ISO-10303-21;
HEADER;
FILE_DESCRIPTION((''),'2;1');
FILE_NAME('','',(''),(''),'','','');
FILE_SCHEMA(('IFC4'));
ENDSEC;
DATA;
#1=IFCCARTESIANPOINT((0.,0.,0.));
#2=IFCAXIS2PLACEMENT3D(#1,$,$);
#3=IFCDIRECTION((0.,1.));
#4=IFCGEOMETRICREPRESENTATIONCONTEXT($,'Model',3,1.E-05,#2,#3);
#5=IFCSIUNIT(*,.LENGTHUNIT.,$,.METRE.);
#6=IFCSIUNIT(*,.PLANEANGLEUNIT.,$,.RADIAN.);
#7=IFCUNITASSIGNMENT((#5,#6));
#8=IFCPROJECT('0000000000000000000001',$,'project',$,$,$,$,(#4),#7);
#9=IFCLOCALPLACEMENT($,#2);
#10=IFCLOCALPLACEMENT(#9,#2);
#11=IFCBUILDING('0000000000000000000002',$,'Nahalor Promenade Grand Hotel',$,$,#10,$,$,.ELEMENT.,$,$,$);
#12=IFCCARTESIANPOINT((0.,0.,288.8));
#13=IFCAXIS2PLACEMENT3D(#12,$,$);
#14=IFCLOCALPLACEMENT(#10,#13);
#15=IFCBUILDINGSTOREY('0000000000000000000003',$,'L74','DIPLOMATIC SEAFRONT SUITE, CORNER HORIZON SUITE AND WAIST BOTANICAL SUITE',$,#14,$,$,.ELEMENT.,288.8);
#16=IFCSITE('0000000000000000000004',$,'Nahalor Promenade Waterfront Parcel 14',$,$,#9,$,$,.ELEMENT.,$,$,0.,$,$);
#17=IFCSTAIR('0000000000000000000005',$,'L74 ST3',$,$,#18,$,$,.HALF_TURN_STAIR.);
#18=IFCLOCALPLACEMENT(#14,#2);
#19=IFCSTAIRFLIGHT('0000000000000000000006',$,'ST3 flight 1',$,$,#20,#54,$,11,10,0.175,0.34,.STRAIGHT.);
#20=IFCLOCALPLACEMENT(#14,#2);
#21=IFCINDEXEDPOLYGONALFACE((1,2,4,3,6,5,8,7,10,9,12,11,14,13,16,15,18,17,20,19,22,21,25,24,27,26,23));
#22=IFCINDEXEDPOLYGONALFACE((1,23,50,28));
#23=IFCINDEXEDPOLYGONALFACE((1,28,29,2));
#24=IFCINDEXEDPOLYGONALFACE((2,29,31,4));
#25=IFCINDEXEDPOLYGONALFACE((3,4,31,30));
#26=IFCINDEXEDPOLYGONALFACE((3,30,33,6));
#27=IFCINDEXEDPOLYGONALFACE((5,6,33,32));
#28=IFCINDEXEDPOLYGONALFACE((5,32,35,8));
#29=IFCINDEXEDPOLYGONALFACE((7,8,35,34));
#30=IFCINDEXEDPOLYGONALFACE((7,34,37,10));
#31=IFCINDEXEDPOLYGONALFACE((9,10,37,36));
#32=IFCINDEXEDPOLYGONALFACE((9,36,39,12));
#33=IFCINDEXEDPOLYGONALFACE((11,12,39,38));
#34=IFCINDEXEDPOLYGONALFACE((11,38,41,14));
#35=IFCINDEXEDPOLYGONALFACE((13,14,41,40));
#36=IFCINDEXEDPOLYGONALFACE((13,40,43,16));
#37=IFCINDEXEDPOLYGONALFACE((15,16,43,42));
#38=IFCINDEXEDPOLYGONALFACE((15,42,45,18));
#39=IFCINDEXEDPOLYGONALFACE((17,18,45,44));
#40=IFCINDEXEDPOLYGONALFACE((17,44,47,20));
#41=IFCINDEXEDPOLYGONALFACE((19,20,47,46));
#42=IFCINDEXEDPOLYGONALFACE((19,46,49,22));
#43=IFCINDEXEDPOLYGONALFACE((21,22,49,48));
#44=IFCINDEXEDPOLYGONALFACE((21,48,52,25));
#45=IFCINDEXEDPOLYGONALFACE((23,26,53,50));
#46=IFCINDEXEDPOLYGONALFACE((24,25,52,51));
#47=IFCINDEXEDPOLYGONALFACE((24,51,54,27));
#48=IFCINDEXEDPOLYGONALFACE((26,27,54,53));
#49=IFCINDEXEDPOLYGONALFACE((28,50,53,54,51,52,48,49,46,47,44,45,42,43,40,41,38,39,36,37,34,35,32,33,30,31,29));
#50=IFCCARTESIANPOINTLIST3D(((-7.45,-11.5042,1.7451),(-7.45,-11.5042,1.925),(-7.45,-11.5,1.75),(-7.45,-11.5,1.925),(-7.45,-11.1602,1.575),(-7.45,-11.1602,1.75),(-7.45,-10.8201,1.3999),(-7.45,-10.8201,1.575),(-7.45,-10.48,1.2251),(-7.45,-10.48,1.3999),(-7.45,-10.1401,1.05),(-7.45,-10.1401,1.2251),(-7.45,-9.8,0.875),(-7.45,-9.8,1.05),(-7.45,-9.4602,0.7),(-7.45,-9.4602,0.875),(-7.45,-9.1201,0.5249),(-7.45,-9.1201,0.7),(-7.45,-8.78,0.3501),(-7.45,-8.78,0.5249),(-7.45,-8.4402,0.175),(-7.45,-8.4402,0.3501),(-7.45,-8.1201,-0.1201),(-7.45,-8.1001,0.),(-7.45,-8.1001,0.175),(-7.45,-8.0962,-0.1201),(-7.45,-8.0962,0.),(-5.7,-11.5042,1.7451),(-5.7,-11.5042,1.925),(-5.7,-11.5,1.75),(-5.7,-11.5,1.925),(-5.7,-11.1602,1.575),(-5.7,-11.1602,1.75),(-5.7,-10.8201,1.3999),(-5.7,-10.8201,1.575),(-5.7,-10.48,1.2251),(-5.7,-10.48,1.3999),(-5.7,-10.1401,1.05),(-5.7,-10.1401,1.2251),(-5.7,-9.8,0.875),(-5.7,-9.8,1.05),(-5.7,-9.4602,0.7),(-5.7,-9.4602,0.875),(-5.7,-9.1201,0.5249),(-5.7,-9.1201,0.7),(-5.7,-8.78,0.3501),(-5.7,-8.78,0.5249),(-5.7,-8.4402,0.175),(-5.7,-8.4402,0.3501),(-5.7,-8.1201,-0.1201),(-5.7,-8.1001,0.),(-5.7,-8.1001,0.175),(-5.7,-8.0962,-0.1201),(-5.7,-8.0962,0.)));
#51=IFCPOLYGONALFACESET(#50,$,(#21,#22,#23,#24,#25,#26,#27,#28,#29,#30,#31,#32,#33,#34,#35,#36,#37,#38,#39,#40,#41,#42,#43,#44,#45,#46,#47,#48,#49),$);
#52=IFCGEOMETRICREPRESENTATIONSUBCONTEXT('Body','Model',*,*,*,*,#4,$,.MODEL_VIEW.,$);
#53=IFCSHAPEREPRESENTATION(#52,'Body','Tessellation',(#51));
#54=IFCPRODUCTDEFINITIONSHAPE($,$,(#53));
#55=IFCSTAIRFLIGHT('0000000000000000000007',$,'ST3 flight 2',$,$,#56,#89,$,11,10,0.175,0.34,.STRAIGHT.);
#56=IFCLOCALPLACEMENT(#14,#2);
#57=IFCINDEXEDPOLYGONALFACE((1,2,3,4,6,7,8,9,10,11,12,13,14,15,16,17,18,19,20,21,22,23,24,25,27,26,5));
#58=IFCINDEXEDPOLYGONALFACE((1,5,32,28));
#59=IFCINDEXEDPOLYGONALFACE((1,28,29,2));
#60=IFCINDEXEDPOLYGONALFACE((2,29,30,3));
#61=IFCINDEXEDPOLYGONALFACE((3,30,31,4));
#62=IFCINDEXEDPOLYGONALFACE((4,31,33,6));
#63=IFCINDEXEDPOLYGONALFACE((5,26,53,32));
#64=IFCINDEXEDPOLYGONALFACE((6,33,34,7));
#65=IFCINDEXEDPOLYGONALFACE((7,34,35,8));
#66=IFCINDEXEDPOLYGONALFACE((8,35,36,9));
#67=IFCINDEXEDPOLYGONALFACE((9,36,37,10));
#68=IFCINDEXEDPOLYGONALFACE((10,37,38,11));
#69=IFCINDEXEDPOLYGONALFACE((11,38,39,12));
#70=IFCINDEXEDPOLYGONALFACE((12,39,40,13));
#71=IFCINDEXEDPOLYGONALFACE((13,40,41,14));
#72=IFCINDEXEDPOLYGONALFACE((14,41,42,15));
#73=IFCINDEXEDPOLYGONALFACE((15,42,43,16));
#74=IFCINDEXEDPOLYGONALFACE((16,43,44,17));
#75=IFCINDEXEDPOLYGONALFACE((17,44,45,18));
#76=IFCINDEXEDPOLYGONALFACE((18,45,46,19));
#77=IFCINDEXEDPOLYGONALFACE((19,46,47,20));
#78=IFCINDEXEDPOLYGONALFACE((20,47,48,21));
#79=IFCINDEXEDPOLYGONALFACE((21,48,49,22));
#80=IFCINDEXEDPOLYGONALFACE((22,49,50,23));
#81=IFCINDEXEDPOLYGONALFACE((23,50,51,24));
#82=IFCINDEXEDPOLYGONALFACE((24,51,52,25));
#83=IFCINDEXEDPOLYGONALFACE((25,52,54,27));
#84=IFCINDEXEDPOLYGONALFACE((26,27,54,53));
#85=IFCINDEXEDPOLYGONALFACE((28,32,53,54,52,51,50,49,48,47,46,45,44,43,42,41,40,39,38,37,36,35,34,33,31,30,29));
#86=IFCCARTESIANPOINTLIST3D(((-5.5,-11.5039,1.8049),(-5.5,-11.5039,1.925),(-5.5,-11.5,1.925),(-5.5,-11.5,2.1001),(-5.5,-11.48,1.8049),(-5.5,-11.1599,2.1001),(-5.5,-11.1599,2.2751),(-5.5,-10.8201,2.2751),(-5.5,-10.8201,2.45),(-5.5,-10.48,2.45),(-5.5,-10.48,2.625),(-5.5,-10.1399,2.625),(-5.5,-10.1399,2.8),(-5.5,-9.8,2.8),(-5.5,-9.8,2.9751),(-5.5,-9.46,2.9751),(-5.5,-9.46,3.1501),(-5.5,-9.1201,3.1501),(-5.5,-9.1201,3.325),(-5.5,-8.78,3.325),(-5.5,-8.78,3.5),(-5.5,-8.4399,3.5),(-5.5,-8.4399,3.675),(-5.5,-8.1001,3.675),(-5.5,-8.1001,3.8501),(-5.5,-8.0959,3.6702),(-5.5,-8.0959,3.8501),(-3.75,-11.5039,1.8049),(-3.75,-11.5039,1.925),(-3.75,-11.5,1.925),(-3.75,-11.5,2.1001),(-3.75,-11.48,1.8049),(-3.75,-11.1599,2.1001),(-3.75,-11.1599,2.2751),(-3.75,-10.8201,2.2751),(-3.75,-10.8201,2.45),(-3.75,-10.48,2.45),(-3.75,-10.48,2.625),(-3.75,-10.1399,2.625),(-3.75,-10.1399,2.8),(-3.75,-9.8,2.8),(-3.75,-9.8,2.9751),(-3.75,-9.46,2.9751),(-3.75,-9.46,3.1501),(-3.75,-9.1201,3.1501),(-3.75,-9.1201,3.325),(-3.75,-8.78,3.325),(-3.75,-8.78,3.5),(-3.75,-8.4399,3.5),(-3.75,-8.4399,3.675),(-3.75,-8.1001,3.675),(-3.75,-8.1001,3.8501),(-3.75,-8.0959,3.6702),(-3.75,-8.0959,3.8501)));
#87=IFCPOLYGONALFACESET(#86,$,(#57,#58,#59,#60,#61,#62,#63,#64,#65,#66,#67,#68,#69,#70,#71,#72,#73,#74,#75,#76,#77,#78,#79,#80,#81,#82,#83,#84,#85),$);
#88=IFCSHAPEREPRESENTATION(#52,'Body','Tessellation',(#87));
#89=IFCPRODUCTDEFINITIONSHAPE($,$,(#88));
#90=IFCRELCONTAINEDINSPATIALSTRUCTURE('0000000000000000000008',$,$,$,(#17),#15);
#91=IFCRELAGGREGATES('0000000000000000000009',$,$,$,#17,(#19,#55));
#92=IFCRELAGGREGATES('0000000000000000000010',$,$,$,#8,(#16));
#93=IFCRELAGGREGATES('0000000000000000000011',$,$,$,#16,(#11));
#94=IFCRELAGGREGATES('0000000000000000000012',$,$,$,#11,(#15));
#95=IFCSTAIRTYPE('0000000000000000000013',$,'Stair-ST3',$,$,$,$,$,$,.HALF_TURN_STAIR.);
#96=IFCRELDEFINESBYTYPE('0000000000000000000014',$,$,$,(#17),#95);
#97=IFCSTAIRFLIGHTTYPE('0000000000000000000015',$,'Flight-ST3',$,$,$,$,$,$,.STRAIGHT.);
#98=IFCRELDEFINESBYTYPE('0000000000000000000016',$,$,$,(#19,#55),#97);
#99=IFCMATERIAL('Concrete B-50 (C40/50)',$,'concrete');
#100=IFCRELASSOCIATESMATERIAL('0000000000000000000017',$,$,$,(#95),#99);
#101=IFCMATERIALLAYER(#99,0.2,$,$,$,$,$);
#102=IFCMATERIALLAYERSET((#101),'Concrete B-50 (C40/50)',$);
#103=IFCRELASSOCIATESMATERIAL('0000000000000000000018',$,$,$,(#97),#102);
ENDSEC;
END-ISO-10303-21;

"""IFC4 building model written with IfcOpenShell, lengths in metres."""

from ifc_helpers import new_model, si_unit, direction, frame, origin, place, context, subcontext, project, spatial, polyline, outline, extrude, source, transform, mapped, material, layer, layer_set, type_object, element, aggregate, save


model = new_model("IFC4")

# Units and contexts
model_context = context("Model", 3, precision=1e-05, world=origin(), true_north=direction((0.0, 1.0)))
body_context = subcontext(model_context, "Body", "Model", "MODEL_VIEW")
ifc_project = project(units=[si_unit("LENGTHUNIT", "METRE"), si_unit("PLANEANGLEUNIT", "RADIAN")], contexts=[model_context])

# Site, building, storey
site_placement = place(None, origin())
site = spatial("IfcSite", under=ifc_project, at=site_placement, Name="Nahalor Promenade Waterfront Parcel 14", CompositionType="ELEMENT", RefElevation=0.0)
building_placement = place(site_placement, origin())
building = spatial("IfcBuilding", under=site, at=building_placement, Name="Nahalor Promenade Grand Hotel", CompositionType="ELEMENT")
storey_placement = place(building_placement, frame((0.0, 0.0, 288.8)))
storey = spatial("IfcBuildingStorey", under=building, at=storey_placement, Name="L74", Description="DIPLOMATIC SEAFRONT SUITE, CORNER HORIZON SUITE AND WAIST BOTANICAL SUITE", CompositionType="ELEMENT", Elevation=288.8)

# Shared definitions
ifc_material_1 = material(Name="Concrete B-50 (C40/50)", Category="concrete")

# Stair, stair flights
stair_type = type_object("IfcStairType", Name="Stair-ST3", PredefinedType="HALF_TURN_STAIR", material=ifc_material_1)
stair_placement = place(storey_placement, origin())
stair = element("IfcStair", 1, at=stair_placement, inside=storey, type_object=stair_type, Name="L74 ST3", PredefinedType="HALF_TURN_STAIR")
ifc_layer_1 = layer(ifc_material_1, 0.2)
ifc_layer_set_1 = layer_set([ifc_layer_1], Name="Concrete B-50 (C40/50)")
stair_flight_type = type_object("IfcStairFlightType", Name="Flight-ST3", PredefinedType="STRAIGHT", material=ifc_layer_set_1)
shared_shape_1 = source(origin(), body_context, "Body", "SweptSolid", [
    extrude(outline(polyline([(-0.0039, -0.1201), (-0.0039, 0.0), (0.0, 0.0), (0.0, 0.175), (0.3401, 0.175), (0.3401, 0.3501), (0.6799, 0.3501), (0.6799, 0.5249), (1.02, 0.5249), (1.02, 0.7), (1.3601, 0.7), (1.3601, 0.875), (1.7, 0.875), (1.7, 1.05), (2.04, 1.05), (2.04, 1.2251), (2.3799, 1.2251), (2.3799, 1.3999), (2.72, 1.3999), (2.72, 1.575), (3.0601, 1.575), (3.0601, 1.75), (3.3999, 1.75), (3.3999, 1.925), (3.4041, 1.925), (3.4041, 1.7451), (0.02, -0.1201), (-0.0039, -0.1201)])), frame((0.0, 0.875, 0.0), z_axis=(0.0, -1.0, 0.0), x_axis=(1.0, 0.0, 0.0)), (0.0, 0.0, 1.0), 1.75),
])
stair_flight_1_placement = place(storey_placement, frame((-6.575, -8.1001, 0.0), z_axis=(0.0, 0.0, 1.0), x_axis=(0.0, -1.0, 0.0)))
stair_flight_1 = element("IfcStairFlight", 2, at=stair_flight_1_placement, type_object=stair_flight_type, Name="ST3 flight 1", NumberOfRisers=11, NumberOfTreads=10, PredefinedType="STRAIGHT", RiserHeight=0.175, TreadLength=0.34, context=body_context, shape_type="MappedRepresentation", body=[
    mapped(shared_shape_1, transform((0.0, 0.0, 0.0), scale=1.0)),
])
stair_flight_2_placement = place(storey_placement, frame((-4.625, -11.5, 1.925), z_axis=(0.0, 0.0, 1.0), x_axis=(0.0, 1.0, 0.0)))
stair_flight_2 = element("IfcStairFlight", 3, at=stair_flight_2_placement, type_object=stair_flight_type, Name="ST3 flight 2", NumberOfRisers=11, NumberOfTreads=10, PredefinedType="STRAIGHT", RiserHeight=0.175, TreadLength=0.34, context=body_context, shape_type="MappedRepresentation", body=[
    mapped(shared_shape_1, transform((0.0, 0.0, 0.0), scale=1.0)),
])
aggregate(stair, [stair_flight_1, stair_flight_2])

save(model, "model.ifc")
